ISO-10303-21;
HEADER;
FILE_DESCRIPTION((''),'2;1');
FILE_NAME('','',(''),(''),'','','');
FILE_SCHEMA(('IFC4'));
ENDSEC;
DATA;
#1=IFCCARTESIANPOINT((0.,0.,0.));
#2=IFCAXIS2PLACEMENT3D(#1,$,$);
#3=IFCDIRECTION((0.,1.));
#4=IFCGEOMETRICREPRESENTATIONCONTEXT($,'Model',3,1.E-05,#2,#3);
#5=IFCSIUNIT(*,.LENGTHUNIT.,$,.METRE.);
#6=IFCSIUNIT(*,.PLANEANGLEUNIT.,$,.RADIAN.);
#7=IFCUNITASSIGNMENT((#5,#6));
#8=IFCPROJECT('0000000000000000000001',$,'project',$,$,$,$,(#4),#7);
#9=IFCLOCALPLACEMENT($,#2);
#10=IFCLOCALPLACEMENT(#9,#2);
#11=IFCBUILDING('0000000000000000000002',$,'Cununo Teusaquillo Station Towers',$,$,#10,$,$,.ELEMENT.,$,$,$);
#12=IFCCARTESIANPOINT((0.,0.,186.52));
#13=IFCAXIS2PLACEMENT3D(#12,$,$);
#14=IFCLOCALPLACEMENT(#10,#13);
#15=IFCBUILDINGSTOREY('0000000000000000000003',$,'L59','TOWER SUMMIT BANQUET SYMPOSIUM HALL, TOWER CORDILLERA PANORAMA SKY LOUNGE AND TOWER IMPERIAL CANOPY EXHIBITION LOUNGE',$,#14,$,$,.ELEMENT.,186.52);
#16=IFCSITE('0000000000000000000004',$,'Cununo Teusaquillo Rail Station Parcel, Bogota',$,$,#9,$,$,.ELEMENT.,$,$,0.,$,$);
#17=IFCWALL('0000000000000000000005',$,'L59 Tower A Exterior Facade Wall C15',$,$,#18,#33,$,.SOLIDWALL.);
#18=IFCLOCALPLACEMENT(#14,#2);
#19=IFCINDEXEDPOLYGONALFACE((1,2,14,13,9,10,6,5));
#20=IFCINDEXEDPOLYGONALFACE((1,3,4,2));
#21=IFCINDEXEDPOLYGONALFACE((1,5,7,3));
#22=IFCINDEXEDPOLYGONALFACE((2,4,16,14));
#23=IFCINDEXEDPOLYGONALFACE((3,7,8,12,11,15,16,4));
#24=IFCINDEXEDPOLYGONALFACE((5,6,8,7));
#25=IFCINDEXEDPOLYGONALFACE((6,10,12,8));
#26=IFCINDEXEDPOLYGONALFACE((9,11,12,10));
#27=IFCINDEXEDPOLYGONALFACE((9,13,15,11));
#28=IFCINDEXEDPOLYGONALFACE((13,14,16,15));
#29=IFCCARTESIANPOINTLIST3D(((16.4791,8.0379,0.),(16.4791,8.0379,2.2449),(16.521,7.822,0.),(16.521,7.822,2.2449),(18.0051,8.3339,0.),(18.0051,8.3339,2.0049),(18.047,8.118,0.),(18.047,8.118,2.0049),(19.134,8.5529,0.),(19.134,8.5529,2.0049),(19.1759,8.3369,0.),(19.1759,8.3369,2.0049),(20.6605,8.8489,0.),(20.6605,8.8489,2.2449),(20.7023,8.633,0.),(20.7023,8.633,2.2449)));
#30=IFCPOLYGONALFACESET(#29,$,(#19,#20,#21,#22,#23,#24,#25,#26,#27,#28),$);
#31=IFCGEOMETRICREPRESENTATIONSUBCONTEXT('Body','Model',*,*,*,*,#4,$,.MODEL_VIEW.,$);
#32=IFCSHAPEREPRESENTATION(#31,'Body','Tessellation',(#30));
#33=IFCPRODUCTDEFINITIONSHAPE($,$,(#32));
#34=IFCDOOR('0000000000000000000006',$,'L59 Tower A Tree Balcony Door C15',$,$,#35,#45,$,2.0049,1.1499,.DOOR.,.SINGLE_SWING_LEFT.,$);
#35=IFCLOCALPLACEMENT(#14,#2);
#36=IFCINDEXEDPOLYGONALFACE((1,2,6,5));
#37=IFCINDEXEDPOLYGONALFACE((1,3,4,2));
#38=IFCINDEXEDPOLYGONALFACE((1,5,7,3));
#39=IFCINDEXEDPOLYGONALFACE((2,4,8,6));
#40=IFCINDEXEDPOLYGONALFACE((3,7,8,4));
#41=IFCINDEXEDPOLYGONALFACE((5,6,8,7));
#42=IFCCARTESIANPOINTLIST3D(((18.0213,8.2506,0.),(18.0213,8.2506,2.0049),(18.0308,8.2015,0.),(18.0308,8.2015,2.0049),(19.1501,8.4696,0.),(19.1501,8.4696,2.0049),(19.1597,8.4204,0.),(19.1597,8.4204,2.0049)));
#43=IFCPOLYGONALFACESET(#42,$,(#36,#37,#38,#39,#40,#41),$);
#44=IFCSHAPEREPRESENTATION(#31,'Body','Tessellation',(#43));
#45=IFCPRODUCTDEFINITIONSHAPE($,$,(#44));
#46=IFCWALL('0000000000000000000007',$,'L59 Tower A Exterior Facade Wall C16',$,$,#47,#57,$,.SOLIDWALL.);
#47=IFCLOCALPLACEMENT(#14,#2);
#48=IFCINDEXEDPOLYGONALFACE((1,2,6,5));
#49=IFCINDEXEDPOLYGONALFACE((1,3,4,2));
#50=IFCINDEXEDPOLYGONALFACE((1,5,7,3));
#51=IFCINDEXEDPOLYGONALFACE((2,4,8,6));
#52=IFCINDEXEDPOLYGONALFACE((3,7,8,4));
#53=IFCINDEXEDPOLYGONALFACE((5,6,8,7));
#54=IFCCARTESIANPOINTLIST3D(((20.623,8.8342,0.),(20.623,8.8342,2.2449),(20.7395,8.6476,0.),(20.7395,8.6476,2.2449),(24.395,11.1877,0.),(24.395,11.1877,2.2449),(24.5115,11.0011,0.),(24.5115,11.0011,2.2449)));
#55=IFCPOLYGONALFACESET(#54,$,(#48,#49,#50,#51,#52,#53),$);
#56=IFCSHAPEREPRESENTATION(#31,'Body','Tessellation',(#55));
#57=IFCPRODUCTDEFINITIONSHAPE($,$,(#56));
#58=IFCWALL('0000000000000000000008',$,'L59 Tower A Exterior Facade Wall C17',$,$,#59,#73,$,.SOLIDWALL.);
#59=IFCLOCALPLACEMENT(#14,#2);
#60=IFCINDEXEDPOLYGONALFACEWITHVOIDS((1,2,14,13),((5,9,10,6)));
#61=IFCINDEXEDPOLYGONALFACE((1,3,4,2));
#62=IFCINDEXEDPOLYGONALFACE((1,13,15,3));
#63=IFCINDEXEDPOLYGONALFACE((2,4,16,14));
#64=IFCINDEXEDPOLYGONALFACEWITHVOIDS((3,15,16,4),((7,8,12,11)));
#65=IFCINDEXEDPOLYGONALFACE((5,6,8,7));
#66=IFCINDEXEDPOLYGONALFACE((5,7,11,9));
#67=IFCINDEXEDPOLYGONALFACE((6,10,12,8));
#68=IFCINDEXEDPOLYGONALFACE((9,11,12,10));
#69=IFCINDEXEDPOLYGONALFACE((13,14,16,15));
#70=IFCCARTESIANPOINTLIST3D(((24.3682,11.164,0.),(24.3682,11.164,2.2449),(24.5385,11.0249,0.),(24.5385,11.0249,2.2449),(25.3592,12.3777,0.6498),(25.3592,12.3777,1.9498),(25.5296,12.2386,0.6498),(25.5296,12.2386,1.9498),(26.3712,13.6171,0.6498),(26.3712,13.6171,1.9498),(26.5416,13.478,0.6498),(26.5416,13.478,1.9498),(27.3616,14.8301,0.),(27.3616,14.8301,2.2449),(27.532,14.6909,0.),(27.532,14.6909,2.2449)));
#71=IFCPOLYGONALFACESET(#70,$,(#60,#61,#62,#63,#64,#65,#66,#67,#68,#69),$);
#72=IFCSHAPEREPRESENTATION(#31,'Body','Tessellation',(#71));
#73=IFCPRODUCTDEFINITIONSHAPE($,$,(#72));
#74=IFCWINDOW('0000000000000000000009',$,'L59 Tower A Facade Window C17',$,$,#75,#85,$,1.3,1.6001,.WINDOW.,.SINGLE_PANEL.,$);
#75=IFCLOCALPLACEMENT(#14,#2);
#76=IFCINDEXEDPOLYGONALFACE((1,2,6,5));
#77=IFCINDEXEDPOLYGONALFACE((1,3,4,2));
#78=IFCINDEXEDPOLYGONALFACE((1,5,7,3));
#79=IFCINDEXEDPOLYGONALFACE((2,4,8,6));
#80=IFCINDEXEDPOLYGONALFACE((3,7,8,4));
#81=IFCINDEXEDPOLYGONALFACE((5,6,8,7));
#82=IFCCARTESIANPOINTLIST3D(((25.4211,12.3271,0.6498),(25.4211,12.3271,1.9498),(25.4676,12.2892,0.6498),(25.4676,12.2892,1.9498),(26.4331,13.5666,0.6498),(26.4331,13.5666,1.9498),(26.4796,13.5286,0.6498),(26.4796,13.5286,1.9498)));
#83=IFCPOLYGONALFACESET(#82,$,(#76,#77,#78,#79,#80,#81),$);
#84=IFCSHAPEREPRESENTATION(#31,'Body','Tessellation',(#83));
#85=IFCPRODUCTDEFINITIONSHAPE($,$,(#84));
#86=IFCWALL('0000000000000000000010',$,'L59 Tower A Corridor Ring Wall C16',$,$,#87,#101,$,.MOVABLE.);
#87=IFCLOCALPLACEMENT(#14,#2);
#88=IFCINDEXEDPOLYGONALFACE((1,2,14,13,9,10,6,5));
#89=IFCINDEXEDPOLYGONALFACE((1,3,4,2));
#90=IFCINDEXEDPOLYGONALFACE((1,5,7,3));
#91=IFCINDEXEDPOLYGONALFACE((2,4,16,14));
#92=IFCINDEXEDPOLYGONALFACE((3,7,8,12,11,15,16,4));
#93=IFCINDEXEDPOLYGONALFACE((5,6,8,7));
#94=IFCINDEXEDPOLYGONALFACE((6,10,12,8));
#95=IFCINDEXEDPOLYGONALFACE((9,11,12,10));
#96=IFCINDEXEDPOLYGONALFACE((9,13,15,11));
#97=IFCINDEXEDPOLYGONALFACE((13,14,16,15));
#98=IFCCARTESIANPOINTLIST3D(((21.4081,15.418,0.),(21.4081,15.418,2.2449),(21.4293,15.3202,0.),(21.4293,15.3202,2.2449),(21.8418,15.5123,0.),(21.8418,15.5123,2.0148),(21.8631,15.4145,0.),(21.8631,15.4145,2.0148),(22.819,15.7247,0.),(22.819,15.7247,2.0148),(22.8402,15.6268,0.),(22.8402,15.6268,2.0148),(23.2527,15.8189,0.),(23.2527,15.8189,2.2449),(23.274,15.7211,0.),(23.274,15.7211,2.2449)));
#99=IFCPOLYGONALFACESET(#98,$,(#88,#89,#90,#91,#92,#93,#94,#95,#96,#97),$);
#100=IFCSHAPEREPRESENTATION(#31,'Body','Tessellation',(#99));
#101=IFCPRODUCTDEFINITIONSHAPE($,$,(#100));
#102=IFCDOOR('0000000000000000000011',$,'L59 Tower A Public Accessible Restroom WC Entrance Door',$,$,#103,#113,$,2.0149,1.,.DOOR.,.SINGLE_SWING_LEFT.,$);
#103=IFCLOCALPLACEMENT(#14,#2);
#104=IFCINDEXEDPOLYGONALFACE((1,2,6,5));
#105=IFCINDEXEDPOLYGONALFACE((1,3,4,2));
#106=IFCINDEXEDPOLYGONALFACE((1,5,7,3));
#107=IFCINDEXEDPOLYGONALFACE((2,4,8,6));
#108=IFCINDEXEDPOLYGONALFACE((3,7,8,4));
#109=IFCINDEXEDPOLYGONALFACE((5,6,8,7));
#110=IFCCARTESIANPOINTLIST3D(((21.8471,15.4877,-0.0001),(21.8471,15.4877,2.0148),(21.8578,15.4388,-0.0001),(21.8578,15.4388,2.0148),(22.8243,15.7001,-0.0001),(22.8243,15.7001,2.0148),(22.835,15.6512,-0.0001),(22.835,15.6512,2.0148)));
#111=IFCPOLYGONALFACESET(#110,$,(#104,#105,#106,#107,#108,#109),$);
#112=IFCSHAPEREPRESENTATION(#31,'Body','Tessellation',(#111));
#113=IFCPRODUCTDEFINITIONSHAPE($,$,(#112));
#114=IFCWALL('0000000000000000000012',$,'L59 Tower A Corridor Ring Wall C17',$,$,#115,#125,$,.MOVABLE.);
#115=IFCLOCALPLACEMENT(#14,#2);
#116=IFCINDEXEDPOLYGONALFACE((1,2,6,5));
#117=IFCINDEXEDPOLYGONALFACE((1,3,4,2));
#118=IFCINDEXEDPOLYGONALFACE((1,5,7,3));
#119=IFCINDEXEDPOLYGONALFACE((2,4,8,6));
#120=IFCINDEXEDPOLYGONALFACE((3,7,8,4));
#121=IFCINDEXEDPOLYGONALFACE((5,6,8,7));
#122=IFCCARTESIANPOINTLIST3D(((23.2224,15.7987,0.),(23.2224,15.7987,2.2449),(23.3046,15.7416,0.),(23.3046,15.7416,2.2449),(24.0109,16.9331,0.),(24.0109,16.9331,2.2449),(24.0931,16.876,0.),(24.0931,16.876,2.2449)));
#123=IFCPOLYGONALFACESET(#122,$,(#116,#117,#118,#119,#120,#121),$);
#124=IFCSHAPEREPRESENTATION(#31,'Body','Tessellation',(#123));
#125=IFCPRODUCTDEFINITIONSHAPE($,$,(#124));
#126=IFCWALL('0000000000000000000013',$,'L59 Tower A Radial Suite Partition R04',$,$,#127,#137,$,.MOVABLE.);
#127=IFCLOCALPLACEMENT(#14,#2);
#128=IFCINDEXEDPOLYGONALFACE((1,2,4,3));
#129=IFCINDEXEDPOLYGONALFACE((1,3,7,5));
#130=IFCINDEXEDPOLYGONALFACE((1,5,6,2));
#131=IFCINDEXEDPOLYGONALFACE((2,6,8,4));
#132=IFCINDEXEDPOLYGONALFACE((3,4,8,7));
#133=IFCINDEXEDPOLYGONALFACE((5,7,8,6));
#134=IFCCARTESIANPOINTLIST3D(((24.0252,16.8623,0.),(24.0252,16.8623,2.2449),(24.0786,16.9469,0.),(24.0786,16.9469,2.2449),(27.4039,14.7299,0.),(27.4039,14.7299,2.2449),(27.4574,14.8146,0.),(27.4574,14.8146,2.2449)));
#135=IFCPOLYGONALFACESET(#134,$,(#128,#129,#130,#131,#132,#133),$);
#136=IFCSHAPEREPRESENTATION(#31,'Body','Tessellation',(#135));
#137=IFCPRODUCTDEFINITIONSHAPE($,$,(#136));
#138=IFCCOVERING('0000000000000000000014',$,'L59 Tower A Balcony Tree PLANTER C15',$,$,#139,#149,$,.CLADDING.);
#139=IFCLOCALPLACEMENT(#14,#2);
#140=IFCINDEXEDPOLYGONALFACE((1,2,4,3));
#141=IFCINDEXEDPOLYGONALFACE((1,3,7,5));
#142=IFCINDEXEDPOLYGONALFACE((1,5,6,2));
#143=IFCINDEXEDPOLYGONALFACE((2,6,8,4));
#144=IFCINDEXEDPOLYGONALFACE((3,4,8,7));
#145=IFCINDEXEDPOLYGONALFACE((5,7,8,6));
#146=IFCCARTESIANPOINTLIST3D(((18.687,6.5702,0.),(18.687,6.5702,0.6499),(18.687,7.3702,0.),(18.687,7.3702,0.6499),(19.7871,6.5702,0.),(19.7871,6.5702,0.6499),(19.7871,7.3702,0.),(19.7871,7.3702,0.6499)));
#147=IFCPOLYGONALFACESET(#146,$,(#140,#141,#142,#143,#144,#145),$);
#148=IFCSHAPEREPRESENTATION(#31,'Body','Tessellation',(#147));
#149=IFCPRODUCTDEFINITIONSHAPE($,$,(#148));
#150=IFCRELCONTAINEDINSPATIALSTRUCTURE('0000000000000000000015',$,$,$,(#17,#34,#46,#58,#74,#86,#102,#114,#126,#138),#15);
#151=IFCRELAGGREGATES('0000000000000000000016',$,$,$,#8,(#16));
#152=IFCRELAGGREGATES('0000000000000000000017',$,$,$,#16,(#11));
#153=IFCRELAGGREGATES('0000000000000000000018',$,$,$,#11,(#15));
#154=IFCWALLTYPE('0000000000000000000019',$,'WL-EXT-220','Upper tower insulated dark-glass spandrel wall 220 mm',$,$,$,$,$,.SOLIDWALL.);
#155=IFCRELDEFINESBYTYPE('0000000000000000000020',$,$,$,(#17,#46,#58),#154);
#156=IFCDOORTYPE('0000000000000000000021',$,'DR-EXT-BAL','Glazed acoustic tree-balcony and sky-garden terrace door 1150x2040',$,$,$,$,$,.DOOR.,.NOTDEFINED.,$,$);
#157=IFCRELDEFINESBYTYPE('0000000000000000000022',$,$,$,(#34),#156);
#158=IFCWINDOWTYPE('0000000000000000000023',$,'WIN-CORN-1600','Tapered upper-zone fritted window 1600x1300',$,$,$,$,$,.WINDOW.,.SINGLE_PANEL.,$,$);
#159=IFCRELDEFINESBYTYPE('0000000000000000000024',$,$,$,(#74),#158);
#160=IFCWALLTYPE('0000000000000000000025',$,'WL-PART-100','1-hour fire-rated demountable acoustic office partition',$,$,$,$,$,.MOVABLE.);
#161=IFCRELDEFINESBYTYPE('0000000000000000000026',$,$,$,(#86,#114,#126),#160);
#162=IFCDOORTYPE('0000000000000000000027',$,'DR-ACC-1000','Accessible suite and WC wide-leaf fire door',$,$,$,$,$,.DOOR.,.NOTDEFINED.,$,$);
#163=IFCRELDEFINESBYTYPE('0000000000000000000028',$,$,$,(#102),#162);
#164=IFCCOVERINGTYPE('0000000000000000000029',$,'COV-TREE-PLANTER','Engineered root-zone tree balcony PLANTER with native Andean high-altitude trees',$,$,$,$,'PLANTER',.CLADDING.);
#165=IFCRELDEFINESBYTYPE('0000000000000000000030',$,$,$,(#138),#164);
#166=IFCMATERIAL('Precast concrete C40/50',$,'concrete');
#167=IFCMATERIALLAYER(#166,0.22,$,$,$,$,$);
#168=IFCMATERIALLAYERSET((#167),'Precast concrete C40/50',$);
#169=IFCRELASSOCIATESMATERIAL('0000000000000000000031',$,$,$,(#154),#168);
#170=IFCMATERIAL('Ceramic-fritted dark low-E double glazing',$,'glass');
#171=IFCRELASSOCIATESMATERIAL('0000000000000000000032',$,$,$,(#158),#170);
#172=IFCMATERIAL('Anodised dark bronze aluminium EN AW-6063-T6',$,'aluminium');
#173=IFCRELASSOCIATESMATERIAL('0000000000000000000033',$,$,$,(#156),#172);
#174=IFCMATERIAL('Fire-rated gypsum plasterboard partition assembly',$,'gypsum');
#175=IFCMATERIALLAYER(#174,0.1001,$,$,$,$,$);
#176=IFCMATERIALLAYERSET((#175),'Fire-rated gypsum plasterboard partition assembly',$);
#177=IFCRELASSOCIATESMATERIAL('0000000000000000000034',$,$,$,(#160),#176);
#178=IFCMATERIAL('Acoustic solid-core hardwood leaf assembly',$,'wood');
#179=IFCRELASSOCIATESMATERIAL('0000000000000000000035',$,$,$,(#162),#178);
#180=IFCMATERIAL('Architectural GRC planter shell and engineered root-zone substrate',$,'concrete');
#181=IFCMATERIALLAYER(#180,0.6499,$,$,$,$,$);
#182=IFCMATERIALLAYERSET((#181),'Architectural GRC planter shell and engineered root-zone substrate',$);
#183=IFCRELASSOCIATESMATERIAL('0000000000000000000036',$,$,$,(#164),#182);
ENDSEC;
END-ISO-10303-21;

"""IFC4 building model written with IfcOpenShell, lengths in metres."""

from ifc_helpers import new_model, si_unit, direction, frame, frame_2d, origin, origin_2d, place, context, subcontext, project, spatial, rectangle, extrude, source, transform, mapped, material, layer, layer_set, type_object, element, fill, save


model = new_model("IFC4")

# Units and contexts
model_context = context("Model", 3, precision=1e-05, world=origin(), true_north=direction((0.0, 1.0)))
body_context = subcontext(model_context, "Body", "Model", "MODEL_VIEW")
ifc_project = project(units=[si_unit("LENGTHUNIT", "METRE"), si_unit("PLANEANGLEUNIT", "RADIAN")], contexts=[model_context])

# Site, building, storey
site_placement = place(None, origin())
site = spatial("IfcSite", under=ifc_project, at=site_placement, Name="Cununo Teusaquillo Rail Station Parcel, Bogota", CompositionType="ELEMENT", RefElevation=0.0)
building_placement = place(site_placement, origin())
building = spatial("IfcBuilding", under=site, at=building_placement, Name="Cununo Teusaquillo Station Towers", CompositionType="ELEMENT")
storey_placement = place(building_placement, frame((0.0, 0.0, 186.52)))
storey = spatial("IfcBuildingStorey", under=building, at=storey_placement, Name="L59", Description="TOWER SUMMIT BANQUET SYMPOSIUM HALL, TOWER CORDILLERA PANORAMA SKY LOUNGE AND TOWER IMPERIAL CANOPY EXHIBITION LOUNGE", CompositionType="ELEMENT", Elevation=186.52)

# Shared definitions
ifc_material_1 = material(Name="Precast concrete C40/50", Category="concrete")
ifc_layer_1 = layer(ifc_material_1, 0.22)
ifc_layer_set_1 = layer_set([ifc_layer_1], Name="Precast concrete C40/50")
wall_type_1 = type_object("IfcWallType", Name="WL-EXT-220", Description="Upper tower insulated dark-glass spandrel wall 220 mm", PredefinedType="SOLIDWALL", material=ifc_layer_set_1)
shared_shape_1 = source(origin(), body_context, "Body", "SweptSolid", [
    extrude(rectangle(XDim=1.6001, YDim=1.3, at=frame_2d((0.8, 0.6499))), frame((0.0, 0.1199, 0.0), z_axis=(0.0, -1.0, 0.0), x_axis=(1.0, 0.0, 0.0)), (0.0, 0.0, 1.0), 0.24),
])
ifc_material_2 = material(Name="Ceramic-fritted dark low-E double glazing", Category="glass")
window_type = type_object("IfcWindowType", Name="WIN-CORN-1600", Description="Tapered upper-zone fritted window 1600x1300", PartitioningType="SINGLE_PANEL", PredefinedType="WINDOW", material=ifc_material_2)
shared_shape_2 = source(origin(), body_context, "Body", "SweptSolid", [
    extrude(rectangle(XDim=1.6001, YDim=1.3, at=frame_2d((0.8, 0.6499))), frame((0.0, 0.03, 0.0), z_axis=(0.0, -1.0, 0.0), x_axis=(1.0, 0.0, 0.0)), (0.0, 0.0, 1.0), 0.0601),
])

# Wall, opening, door
wall_1_placement = place(storey_placement, frame((20.6814, 8.741, 0.0), z_axis=(0.0, 0.0, 1.0), x_axis=(-0.981704, -0.190414, 0.0)))
wall_1 = element("IfcWall", 1, at=wall_1_placement, inside=storey, type_object=wall_type_1, Name="L59 Tower A Exterior Facade Wall C15", PredefinedType="SOLIDWALL", context=body_context, shape_type="SweptSolid", body=[
    extrude(rectangle(XDim=4.2593, YDim=0.22, at=frame_2d((2.1296, 0.0))), origin(), (0.0, 0.0, 1.0), 2.2449),
])
shared_shape_3 = source(origin(), body_context, "Body", "SweptSolid", [
    extrude(rectangle(XDim=1.1499, YDim=2.0049, at=frame_2d((0.575, 1.0024))), frame((0.0, 0.1199, 0.0), z_axis=(0.0, -1.0, 0.0), x_axis=(1.0, 0.0, 0.0)), (0.0, 0.0, 1.0), 0.24),
])
opening_1_placement = place(wall_1_placement, frame((1.5549, 0.0, 0.0)))
opening_1 = element("IfcOpeningElement", 2, at=opening_1_placement, cuts=wall_1, PredefinedType="OPENING", context=body_context, shape_type="MappedRepresentation", body=[
    mapped(shared_shape_3, transform((0.0, 0.0, 0.0), x_axis=(1.0, 0.0, 0.0), y_axis=(0.0, 1.0, 0.0), z_axis=(0.0, 0.0, 1.0), scale=1.0)),
])
ifc_material_3 = material(Name="Anodised dark bronze aluminium EN AW-6063-T6", Category="aluminium")
door_type_1 = type_object("IfcDoorType", Name="DR-EXT-BAL", Description="Glazed acoustic tree-balcony and sky-garden terrace door 1150x2040", OperationType="NOTDEFINED", PredefinedType="DOOR", material=ifc_material_3)
shared_shape_4 = source(origin(), body_context, "Body", "SweptSolid", [
    extrude(rectangle(XDim=1.1499, YDim=2.0049, at=frame_2d((0.575, 1.0024))), frame((0.0, 0.0249, 0.0), z_axis=(0.0, -1.0, 0.0), x_axis=(1.0, 0.0, 0.0)), (0.0, 0.0, 1.0), 0.05),
])
door_1_placement = place(opening_1_placement, origin())
door_1 = element("IfcDoor", 3, at=door_1_placement, inside=storey, type_object=door_type_1, Name="L59 Tower A Tree Balcony Door C15", OperationType="SINGLE_SWING_LEFT", OverallHeight=2.0049, OverallWidth=1.1499, PredefinedType="DOOR", context=body_context, shape_type="MappedRepresentation", body=[
    mapped(shared_shape_4, transform((0.0, 0.0, 0.0), x_axis=(1.0, 0.0, 0.0), y_axis=(0.0, 1.0, 0.0), z_axis=(0.0, 0.0, 1.0), scale=1.0)),
])
fill(opening_1, door_1)

# Wall
wall_2_placement = place(storey_placement, frame((24.4534, 11.0945, 0.0), z_axis=(0.0, 0.0, 1.0), x_axis=(-0.848399, -0.529357, 0.0)))
element("IfcWall", 4, at=wall_2_placement, inside=storey, type_object=wall_type_1, Name="L59 Tower A Exterior Facade Wall C16", PredefinedType="SOLIDWALL", context=body_context, shape_type="SweptSolid", body=[
    extrude(rectangle(XDim=4.446, YDim=0.22, at=frame_2d((2.2231, 0.0))), origin(), (0.0, 0.0, 1.0), 2.2449),
])

# Wall, opening, window
wall_3_placement = place(storey_placement, frame((27.4468, 14.7605, 0.0), z_axis=(0.0, 0.0, 1.0), x_axis=(-0.632471, -0.774584, 0.0)))
wall_3 = element("IfcWall", 5, at=wall_3_placement, inside=storey, type_object=wall_type_1, Name="L59 Tower A Exterior Facade Wall C17", PredefinedType="SOLIDWALL", context=body_context, shape_type="SweptSolid", body=[
    extrude(rectangle(XDim=4.7329, YDim=0.22, at=frame_2d((2.3665, 0.0))), origin(), (0.0, 0.0, 1.0), 2.2449),
])
opening_2_placement = place(wall_3_placement, frame((1.5659, 0.0, 0.6499)))
opening_2 = element("IfcOpeningElement", 6, at=opening_2_placement, cuts=wall_3, PredefinedType="OPENING", context=body_context, shape_type="MappedRepresentation", body=[
    mapped(shared_shape_1, transform((0.0, 0.0, 0.0), x_axis=(1.0, 0.0, 0.0), y_axis=(0.0, 1.0, 0.0), z_axis=(0.0, 0.0, 1.0), scale=1.0)),
])
window_1_placement = place(opening_2_placement, origin())
window_1 = element("IfcWindow", 7, at=window_1_placement, inside=storey, type_object=window_type, Name="L59 Tower A Facade Window C17", OverallHeight=1.3, OverallWidth=1.6001, PartitioningType="SINGLE_PANEL", PredefinedType="WINDOW", context=body_context, shape_type="MappedRepresentation", body=[
    mapped(shared_shape_2, transform((0.0, 0.0, 0.0), x_axis=(1.0, 0.0, 0.0), y_axis=(0.0, 1.0, 0.0), z_axis=(0.0, 0.0, 1.0), scale=1.0)),
])
fill(opening_2, window_1)

# Wall, opening, door
ifc_material_4 = material(Name="Fire-rated gypsum plasterboard partition assembly", Category="gypsum")
ifc_layer_2 = layer(ifc_material_4, 0.1001)
ifc_layer_set_2 = layer_set([ifc_layer_2], Name="Fire-rated gypsum plasterboard partition assembly")
wall_type_2 = type_object("IfcWallType", Name="WL-PART-100", Description="1-hour fire-rated demountable acoustic office partition", PredefinedType="MOVABLE", material=ifc_layer_set_2)
wall_4_placement = place(storey_placement, frame((21.4187, 15.3691, 0.0), z_axis=(0.0, 0.0, 1.0), x_axis=(0.977193, 0.212354, 0.0)))
wall_4 = element("IfcWall", 8, at=wall_4_placement, inside=storey, type_object=wall_type_2, Name="L59 Tower A Corridor Ring Wall C16", PredefinedType="MOVABLE", context=body_context, shape_type="SweptSolid", body=[
    extrude(rectangle(XDim=1.8877, YDim=0.1001, at=frame_2d((0.9438, 0.0))), origin(), (0.0, 0.0, 1.0), 2.2449),
])
shared_shape_5 = source(origin(), body_context, "Body", "SweptSolid", [
    extrude(rectangle(XDim=1.0, YDim=2.0149, at=frame_2d((0.5, 1.0073))), frame((0.0, 0.0601, 0.0), z_axis=(0.0, -1.0, 0.0), x_axis=(1.0, 0.0, 0.0)), (0.0, 0.0, 1.0), 0.1201),
])
opening_3_placement = place(wall_4_placement, frame((0.4438, 0.0, 0.0)))
opening_3 = element("IfcOpeningElement", 9, at=opening_3_placement, cuts=wall_4, PredefinedType="OPENING", context=body_context, shape_type="MappedRepresentation", body=[
    mapped(shared_shape_5, transform((0.0, 0.0, 0.0), x_axis=(1.0, 0.0, 0.0), y_axis=(0.0, 1.0, 0.0), z_axis=(0.0, 0.0, 1.0), scale=1.0)),
])
ifc_material_5 = material(Name="Acoustic solid-core hardwood leaf assembly", Category="wood")
door_type_2 = type_object("IfcDoorType", Name="DR-ACC-1000", Description="Accessible suite and WC wide-leaf fire door", OperationType="NOTDEFINED", PredefinedType="DOOR", material=ifc_material_5)
shared_shape_6 = source(origin(), body_context, "Body", "SweptSolid", [
    extrude(rectangle(XDim=1.0, YDim=2.0149, at=frame_2d((0.5, 1.0073))), frame((0.0, 0.0249, 0.0), z_axis=(0.0, -1.0, 0.0), x_axis=(1.0, 0.0, 0.0)), (0.0, 0.0, 1.0), 0.05),
])
door_2_placement = place(opening_3_placement, origin())
door_2 = element("IfcDoor", 10, at=door_2_placement, inside=storey, type_object=door_type_2, Name="L59 Tower A Public Accessible Restroom WC Entrance Door", OperationType="SINGLE_SWING_LEFT", OverallHeight=2.0149, OverallWidth=1.0, PredefinedType="DOOR", context=body_context, shape_type="MappedRepresentation", body=[
    mapped(shared_shape_6, transform((0.0, 0.0, 0.0), x_axis=(1.0, 0.0, 0.0), y_axis=(0.0, 1.0, 0.0), z_axis=(0.0, 0.0, 1.0), scale=1.0)),
])
fill(opening_3, door_2)

# Walls
wall_5_placement = place(storey_placement, frame((23.2634, 15.77, 0.0), z_axis=(0.0, 0.0, 1.0), x_axis=(0.570743, 0.821128, 0.0)))
element("IfcWall", 11, at=wall_5_placement, inside=storey, type_object=wall_type_2, Name="L59 Tower A Corridor Ring Wall C17", PredefinedType="MOVABLE", context=body_context, shape_type="SweptSolid", body=[
    extrude(rectangle(XDim=1.3816, YDim=0.1001, at=frame_2d((0.6909, 0.0))), origin(), (0.0, 0.0, 1.0), 2.2449),
])
wall_6_placement = place(storey_placement, frame((24.052, 16.9045, 0.0), z_axis=(0.0, 0.0, 1.0), x_axis=(0.845666, -0.533712, 0.0)))
element("IfcWall", 12, at=wall_6_placement, inside=storey, type_object=wall_type_2, Name="L59 Tower A Radial Suite Partition R04", PredefinedType="MOVABLE", context=body_context, shape_type="SweptSolid", body=[
    extrude(rectangle(XDim=3.9954, YDim=0.1001, at=frame_2d((1.9976, 0.0))), origin(), (0.0, 0.0, 1.0), 2.2449),
])

# Covering
ifc_material_6 = material(Name="Architectural GRC planter shell and engineered root-zone substrate", Category="concrete")
ifc_layer_3 = layer(ifc_material_6, 0.6499)
ifc_layer_set_3 = layer_set([ifc_layer_3], Name="Architectural GRC planter shell and engineered root-zone substrate")
covering_type = type_object("IfcCoveringType", Name="COV-TREE-PLANTER", Description="Engineered root-zone tree balcony PLANTER with native Andean high-altitude trees", ElementType="PLANTER", PredefinedType="CLADDING", material=ifc_layer_set_3)
shared_shape_7 = source(origin(), body_context, "Body", "SweptSolid", [
    extrude(rectangle(XDim=1.1001, YDim=0.8, at=origin_2d()), origin(), (0.0, 0.0, 1.0), 0.6499),
])
covering_placement = place(storey_placement, frame((19.2371, 6.9702, 0.0), z_axis=(0.0, 0.0, 1.0), x_axis=(1.0, 0.0, 0.0)))
element("IfcCovering", 13, at=covering_placement, inside=storey, type_object=covering_type, Name="L59 Tower A Balcony Tree PLANTER C15", PredefinedType="CLADDING", context=body_context, shape_type="MappedRepresentation", body=[
    mapped(shared_shape_7, transform((0.0, 0.0, 0.0), x_axis=(1.0, 0.0, 0.0), y_axis=(0.0, 1.0, 0.0), z_axis=(0.0, 0.0, 1.0), scale=1.0)),
])

save(model, "model.ifc")
